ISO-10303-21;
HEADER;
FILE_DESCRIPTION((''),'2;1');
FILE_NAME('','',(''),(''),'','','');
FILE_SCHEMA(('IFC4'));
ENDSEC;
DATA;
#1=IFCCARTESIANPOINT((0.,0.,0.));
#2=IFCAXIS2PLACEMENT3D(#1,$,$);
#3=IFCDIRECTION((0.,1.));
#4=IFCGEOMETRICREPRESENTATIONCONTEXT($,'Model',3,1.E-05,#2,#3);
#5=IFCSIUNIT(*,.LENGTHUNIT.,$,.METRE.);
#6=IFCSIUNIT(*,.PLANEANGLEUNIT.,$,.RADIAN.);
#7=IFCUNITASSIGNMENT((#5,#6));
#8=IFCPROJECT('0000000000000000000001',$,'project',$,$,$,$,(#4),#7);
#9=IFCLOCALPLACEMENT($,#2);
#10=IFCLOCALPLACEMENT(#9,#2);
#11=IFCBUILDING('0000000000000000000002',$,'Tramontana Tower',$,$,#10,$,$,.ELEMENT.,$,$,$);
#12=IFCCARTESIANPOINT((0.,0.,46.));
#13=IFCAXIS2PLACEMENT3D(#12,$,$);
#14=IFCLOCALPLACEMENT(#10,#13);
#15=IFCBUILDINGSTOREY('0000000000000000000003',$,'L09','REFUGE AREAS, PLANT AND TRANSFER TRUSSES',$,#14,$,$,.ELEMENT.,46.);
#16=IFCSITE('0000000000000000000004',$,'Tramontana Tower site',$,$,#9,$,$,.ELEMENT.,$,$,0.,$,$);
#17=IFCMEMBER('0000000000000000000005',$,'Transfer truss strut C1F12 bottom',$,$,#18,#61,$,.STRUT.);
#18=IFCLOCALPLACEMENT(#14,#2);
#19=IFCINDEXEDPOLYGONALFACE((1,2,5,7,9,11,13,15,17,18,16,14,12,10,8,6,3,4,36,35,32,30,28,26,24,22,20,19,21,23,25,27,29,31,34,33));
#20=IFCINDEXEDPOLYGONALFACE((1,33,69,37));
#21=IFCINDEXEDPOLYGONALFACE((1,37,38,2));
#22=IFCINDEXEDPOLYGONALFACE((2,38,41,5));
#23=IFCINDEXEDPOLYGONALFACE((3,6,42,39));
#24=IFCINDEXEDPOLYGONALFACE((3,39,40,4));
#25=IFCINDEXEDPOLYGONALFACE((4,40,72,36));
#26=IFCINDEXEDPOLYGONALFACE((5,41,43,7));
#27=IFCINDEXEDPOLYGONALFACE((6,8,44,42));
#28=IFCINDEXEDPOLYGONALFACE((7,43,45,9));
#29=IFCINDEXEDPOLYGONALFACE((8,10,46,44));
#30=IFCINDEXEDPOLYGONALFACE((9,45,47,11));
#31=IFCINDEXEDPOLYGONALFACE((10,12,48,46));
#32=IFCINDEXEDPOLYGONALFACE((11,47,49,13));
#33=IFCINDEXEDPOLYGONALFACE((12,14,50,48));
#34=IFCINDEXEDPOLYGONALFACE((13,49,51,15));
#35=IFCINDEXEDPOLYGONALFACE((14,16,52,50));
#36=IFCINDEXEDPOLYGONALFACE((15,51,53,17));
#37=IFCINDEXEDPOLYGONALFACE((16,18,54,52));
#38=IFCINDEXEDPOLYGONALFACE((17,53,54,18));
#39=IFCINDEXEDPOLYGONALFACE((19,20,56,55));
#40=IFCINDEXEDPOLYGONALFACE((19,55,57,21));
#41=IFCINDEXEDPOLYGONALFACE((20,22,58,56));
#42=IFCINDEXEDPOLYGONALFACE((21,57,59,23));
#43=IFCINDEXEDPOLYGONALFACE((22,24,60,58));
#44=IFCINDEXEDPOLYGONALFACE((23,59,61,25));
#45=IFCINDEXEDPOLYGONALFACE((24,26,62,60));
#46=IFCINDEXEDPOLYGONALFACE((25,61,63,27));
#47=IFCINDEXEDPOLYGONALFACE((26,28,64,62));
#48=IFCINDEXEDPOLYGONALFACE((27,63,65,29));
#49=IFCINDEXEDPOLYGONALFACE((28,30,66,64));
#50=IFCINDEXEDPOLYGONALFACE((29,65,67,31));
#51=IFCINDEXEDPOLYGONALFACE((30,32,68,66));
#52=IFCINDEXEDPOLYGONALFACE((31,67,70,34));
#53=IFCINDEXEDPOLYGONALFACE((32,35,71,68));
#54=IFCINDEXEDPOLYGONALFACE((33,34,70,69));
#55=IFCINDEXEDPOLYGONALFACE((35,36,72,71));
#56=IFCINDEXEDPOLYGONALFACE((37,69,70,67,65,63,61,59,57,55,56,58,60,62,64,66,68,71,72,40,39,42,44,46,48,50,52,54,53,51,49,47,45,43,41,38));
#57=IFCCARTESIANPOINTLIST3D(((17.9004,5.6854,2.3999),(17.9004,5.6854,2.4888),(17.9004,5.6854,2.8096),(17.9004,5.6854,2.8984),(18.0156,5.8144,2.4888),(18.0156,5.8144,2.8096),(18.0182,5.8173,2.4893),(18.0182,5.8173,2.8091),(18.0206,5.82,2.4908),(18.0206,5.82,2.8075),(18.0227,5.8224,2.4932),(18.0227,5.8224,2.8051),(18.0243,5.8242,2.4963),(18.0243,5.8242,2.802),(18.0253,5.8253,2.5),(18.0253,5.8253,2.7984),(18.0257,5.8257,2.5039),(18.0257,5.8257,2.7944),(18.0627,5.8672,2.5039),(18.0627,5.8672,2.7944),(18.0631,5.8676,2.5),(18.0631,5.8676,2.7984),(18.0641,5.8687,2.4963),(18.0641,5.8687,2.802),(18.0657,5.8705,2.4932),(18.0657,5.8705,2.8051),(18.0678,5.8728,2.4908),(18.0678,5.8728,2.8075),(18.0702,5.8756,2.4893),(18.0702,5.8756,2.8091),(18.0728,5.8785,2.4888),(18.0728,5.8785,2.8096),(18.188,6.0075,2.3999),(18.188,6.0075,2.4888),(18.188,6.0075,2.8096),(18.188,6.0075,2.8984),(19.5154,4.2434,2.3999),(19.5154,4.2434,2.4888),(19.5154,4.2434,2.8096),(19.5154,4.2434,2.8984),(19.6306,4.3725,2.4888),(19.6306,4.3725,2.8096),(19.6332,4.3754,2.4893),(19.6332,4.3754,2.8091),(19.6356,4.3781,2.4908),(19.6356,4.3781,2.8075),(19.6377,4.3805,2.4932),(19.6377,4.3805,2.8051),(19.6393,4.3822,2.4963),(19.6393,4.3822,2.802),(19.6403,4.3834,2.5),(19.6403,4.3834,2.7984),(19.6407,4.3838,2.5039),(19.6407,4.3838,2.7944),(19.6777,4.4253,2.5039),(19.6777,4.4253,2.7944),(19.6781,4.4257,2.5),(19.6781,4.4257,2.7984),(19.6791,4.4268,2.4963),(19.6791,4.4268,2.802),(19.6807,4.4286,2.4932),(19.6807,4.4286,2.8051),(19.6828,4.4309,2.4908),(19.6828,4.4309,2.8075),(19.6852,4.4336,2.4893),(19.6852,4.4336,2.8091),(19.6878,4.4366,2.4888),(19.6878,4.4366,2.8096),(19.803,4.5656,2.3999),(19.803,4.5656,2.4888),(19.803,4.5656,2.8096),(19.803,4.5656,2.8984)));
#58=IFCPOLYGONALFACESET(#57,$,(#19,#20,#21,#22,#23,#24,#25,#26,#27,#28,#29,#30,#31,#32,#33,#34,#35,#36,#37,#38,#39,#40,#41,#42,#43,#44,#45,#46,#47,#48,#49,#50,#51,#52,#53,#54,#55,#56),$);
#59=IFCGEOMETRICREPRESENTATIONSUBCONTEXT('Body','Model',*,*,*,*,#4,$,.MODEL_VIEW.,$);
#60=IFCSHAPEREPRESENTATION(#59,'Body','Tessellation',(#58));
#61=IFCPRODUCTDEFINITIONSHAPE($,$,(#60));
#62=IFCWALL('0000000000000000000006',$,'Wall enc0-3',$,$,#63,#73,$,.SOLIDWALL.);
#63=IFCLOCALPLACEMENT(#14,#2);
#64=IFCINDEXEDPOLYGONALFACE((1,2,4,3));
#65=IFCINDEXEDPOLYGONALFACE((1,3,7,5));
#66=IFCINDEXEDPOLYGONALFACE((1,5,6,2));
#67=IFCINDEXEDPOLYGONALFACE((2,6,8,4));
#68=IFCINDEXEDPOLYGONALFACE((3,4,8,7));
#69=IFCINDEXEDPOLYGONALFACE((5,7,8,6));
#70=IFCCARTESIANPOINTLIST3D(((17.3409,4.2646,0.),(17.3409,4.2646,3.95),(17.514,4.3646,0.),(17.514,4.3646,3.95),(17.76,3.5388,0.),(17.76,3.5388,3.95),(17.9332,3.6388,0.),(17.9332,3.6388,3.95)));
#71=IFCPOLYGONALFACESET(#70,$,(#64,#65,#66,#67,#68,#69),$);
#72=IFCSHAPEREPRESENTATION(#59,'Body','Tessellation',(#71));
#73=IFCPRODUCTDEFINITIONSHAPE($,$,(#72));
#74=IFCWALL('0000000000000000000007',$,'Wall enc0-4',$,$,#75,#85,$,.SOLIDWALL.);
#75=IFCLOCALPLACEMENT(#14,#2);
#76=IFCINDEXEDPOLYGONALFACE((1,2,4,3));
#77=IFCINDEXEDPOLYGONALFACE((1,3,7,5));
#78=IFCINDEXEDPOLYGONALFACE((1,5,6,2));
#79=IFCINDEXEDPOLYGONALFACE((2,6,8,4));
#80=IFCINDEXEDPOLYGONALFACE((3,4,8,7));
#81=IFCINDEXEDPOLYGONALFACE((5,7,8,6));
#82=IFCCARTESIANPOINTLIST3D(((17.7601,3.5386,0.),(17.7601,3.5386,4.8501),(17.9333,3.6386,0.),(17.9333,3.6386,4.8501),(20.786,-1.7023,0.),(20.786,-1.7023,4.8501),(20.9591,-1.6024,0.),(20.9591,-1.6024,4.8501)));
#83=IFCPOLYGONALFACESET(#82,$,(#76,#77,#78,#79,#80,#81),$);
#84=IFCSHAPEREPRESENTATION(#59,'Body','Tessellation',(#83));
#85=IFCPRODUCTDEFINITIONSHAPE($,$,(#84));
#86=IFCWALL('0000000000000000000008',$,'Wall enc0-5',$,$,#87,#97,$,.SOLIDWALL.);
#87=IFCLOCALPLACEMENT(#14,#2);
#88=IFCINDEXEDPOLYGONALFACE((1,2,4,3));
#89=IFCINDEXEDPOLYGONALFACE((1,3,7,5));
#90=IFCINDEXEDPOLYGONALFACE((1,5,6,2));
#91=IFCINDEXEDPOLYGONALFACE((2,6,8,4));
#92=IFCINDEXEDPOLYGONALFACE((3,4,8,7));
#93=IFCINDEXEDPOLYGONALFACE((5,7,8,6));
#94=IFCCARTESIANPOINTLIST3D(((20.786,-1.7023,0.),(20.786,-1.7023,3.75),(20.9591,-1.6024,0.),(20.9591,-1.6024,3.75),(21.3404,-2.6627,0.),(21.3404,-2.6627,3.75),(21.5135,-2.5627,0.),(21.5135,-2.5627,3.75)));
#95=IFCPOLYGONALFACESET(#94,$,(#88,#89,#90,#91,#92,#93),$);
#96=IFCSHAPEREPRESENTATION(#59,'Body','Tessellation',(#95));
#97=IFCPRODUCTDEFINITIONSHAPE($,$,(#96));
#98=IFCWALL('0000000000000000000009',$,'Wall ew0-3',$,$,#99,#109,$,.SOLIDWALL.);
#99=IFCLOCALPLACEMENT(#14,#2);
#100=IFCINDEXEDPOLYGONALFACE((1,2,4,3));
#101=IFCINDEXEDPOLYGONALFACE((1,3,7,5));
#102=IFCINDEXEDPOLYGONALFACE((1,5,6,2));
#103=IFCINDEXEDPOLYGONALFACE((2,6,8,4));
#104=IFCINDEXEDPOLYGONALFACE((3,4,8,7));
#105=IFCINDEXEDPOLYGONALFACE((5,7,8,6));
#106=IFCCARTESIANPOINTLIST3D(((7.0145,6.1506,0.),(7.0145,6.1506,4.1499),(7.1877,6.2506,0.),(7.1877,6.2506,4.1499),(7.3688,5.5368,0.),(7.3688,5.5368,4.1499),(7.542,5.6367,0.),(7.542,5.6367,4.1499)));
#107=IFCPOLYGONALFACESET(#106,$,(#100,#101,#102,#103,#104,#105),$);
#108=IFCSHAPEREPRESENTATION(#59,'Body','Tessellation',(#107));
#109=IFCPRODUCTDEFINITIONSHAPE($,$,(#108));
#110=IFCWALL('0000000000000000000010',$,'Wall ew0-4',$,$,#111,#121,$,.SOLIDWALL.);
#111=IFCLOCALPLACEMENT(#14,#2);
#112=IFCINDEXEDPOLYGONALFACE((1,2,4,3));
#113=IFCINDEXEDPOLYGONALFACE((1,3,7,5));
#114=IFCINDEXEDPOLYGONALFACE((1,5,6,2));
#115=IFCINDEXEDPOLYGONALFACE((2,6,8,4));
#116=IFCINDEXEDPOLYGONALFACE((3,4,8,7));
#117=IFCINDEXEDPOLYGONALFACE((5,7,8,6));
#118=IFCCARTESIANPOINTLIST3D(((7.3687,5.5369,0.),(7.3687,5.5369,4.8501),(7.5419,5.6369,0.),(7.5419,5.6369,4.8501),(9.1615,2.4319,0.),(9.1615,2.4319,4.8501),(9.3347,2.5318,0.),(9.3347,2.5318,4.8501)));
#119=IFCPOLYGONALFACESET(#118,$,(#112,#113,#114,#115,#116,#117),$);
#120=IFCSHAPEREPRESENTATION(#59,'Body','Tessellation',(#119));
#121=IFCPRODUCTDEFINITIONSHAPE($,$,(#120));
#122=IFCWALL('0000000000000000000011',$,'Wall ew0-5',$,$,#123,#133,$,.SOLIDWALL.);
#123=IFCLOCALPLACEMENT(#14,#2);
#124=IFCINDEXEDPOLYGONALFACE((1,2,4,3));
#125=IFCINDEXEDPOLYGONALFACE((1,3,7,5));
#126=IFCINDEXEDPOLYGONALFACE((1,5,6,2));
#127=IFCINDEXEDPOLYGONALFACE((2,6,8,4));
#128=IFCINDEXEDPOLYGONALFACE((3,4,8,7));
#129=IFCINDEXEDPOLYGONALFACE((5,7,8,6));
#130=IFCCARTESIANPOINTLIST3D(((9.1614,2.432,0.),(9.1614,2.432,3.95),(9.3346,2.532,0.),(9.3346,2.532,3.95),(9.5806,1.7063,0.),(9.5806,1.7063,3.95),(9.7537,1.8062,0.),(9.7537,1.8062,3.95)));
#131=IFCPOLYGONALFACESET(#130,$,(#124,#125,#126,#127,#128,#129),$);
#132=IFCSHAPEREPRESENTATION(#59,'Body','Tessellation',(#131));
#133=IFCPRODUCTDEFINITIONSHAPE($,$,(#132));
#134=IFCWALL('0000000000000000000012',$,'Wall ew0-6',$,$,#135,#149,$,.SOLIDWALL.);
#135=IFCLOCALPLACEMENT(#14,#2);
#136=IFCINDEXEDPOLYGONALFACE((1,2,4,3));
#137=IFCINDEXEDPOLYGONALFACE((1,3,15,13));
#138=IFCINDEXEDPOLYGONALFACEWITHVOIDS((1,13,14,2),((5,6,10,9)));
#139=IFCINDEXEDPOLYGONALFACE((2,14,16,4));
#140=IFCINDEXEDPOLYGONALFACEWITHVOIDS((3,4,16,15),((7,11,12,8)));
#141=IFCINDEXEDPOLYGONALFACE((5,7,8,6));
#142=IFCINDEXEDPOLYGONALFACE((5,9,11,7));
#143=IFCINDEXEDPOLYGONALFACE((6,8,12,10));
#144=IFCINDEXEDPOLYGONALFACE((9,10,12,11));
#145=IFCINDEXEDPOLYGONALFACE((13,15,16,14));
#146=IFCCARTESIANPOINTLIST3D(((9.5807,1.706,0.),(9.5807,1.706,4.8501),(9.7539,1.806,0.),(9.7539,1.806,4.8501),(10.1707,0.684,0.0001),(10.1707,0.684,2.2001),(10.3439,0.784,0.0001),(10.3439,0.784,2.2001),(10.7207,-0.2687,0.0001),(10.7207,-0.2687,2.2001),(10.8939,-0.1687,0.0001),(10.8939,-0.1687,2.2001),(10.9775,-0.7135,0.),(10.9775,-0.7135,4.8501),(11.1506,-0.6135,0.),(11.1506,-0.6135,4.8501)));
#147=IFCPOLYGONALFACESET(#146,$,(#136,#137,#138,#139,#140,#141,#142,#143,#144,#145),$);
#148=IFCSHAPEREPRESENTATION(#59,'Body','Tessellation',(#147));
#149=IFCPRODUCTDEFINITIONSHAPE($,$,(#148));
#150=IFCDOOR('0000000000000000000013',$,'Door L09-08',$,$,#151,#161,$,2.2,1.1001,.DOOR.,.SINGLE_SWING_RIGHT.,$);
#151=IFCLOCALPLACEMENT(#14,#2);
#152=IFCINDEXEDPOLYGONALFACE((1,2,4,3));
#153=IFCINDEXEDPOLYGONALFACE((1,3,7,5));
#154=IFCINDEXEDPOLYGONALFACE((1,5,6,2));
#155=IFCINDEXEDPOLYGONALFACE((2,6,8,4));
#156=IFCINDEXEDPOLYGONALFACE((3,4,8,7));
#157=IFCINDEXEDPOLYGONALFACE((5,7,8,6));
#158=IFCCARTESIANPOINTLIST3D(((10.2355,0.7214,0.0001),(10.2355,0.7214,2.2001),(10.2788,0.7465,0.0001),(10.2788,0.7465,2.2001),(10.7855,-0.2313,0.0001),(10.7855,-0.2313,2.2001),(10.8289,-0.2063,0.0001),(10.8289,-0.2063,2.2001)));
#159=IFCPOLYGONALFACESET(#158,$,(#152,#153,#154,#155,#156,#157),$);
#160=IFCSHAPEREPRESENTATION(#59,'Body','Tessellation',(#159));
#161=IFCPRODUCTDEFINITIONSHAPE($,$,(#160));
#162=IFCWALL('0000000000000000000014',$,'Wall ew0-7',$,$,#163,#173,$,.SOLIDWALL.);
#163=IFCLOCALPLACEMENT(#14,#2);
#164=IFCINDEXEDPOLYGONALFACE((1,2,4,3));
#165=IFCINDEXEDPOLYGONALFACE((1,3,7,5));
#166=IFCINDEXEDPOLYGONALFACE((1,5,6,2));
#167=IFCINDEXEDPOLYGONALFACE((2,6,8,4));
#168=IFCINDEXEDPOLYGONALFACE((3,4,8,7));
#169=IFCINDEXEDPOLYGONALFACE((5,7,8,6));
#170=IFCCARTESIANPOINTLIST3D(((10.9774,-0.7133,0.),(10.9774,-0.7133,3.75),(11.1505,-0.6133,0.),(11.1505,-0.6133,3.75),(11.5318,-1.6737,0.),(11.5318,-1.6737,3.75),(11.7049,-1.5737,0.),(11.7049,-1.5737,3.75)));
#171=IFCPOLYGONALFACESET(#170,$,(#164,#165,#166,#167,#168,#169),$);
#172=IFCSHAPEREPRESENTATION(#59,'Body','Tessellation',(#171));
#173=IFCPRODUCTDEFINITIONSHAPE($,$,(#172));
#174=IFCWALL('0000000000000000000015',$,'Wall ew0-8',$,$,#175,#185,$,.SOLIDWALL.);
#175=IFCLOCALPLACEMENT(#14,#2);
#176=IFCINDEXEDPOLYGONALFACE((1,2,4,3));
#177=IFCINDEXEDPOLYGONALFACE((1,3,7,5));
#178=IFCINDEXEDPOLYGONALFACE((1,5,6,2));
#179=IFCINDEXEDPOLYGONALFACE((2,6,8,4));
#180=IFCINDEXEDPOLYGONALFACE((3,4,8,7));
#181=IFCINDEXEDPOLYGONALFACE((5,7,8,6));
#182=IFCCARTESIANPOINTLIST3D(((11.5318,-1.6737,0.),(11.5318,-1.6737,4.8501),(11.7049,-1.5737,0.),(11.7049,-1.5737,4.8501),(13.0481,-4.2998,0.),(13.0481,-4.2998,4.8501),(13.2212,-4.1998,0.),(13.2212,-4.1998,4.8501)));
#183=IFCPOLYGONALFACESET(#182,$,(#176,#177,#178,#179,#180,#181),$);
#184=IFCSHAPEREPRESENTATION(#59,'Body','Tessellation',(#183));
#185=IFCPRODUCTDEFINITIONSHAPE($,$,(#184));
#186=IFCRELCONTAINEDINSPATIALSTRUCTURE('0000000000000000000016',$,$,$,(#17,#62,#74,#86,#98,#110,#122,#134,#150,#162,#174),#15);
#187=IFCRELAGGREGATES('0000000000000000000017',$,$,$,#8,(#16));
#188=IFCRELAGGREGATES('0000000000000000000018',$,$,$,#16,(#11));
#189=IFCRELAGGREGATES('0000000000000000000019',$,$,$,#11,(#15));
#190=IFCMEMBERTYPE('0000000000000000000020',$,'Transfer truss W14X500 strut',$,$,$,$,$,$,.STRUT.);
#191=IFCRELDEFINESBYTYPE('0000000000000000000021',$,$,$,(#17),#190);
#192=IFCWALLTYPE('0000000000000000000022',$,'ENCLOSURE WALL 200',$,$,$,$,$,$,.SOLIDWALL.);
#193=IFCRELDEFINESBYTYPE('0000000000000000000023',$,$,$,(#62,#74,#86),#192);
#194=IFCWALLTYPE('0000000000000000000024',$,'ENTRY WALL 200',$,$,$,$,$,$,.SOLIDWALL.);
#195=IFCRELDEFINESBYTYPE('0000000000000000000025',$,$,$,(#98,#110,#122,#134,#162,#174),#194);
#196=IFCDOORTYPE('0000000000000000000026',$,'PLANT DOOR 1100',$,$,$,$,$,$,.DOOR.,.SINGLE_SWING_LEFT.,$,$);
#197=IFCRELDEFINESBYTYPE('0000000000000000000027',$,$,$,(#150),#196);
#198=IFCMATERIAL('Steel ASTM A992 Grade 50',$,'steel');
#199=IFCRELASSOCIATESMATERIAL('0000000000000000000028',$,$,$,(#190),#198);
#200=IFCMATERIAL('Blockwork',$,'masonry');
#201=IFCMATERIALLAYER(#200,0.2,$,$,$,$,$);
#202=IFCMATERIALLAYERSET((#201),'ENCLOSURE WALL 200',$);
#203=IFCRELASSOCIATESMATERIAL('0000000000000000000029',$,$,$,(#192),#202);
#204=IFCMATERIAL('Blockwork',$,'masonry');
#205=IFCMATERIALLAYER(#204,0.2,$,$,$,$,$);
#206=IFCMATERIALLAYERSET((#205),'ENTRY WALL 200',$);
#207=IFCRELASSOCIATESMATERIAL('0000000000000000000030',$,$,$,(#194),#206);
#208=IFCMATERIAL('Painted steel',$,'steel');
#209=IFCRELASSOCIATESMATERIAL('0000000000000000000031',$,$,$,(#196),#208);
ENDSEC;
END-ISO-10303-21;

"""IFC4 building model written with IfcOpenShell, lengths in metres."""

from ifc_helpers import new_model, si_unit, direction, frame, frame_2d, origin, origin_2d, place, context, subcontext, project, spatial, rectangle, i_section, extrude, material, layer, layer_set, material_profile, profile_set, type_object, element, fill, save


model = new_model("IFC4")

# Units and contexts
model_context = context("Model", 3, precision=1e-05, world=origin(), true_north=direction((0.0, 1.0)))
body_context = subcontext(model_context, "Body", "Model", "MODEL_VIEW")
ifc_project = project(units=[si_unit("LENGTHUNIT", "METRE"), si_unit("PLANEANGLEUNIT", "RADIAN")], contexts=[model_context])

# Site, building, storey
site_placement = place(None, origin())
site = spatial("IfcSite", under=ifc_project, at=site_placement, Name="Tramontana Tower site", CompositionType="ELEMENT", RefElevation=0.0)
building_placement = place(site_placement, origin())
building = spatial("IfcBuilding", under=site, at=building_placement, Name="Tramontana Tower", CompositionType="ELEMENT")
storey_placement = place(building_placement, frame((0.0, 0.0, 46.0)))
storey = spatial("IfcBuildingStorey", under=building, at=storey_placement, Name="L09", Description="REFUGE AREAS, PLANT AND TRANSFER TRUSSES", CompositionType="ELEMENT", Elevation=46.0)

# Member
ifc_material_1 = material(Name="Steel ASTM A992 Grade 50", Category="steel")
ifc_material_profile_1 = material_profile(ifc_material_1, i_section(OverallWidth=0.4319, OverallDepth=0.4985, WebThickness=0.0557, FlangeThickness=0.0889, FilletRadius=0.0151, at=origin_2d()), Name="W14X500")
ifc_profile_set_1 = profile_set([ifc_material_profile_1], Name="Steel ASTM A992 Grade 50")
member_type_1 = type_object("IfcMemberType", Name="Transfer truss W14X500 strut", PredefinedType="STRUT", material=ifc_profile_set_1)
member_1_placement = place(storey_placement, frame((18.0442, 5.8464, 2.6492), z_axis=(0.745952, -0.666, 0.0), x_axis=(0.666, 0.745952, 0.0)))
element("IfcMember", 1, at=member_1_placement, inside=storey, type_object=member_type_1, Name="Transfer truss strut C1F12 bottom", PredefinedType="STRUT", context=body_context, shape_type="SweptSolid", body=[
    extrude(i_section(OverallWidth=0.4319, OverallDepth=0.4985, WebThickness=0.0557, FlangeThickness=0.0889, FilletRadius=0.0151, at=origin_2d()), origin(), (0.0, 0.0, 1.0), 2.165),
])

# Walls
ifc_material_2 = material(Name="Blockwork", Category="masonry")
ifc_layer_1 = layer(ifc_material_2, 0.2)
ifc_layer_set_1 = layer_set([ifc_layer_1], Name="ENCLOSURE WALL 200")
wall_type_1 = type_object("IfcWallType", Name="ENCLOSURE WALL 200", PredefinedType="SOLIDWALL", material=ifc_layer_set_1)
wall_1_placement = place(storey_placement, frame((17.4275, 4.3145, 0.0), z_axis=(0.0, 0.0, 1.0), x_axis=(0.500117, -0.865958, 0.0)))
element("IfcWall", 2, at=wall_1_placement, inside=storey, type_object=wall_type_1, Name="Wall enc0-3", PredefinedType="SOLIDWALL", context=body_context, shape_type="SweptSolid", body=[
    extrude(rectangle(XDim=0.8381, YDim=0.2, at=frame_2d((0.4189, 0.0))), origin(), (0.0, 0.0, 1.0), 3.95),
])
wall_2_placement = place(storey_placement, frame((17.8467, 3.5886, 0.0), z_axis=(0.0, 0.0, 1.0), x_axis=(0.500001, -0.866025, 0.0)))
element("IfcWall", 3, at=wall_2_placement, inside=storey, type_object=wall_type_1, Name="Wall enc0-4", PredefinedType="SOLIDWALL", context=body_context, shape_type="SweptSolid", body=[
    extrude(rectangle(XDim=6.0518, YDim=0.2, at=frame_2d((3.0259, 0.0))), origin(), (0.0, 0.0, 1.0), 4.8501),
])
wall_3_placement = place(storey_placement, frame((20.8726, -1.6523, 0.0), z_axis=(0.0, 0.0, 1.0), x_axis=(0.499951, -0.866054, 0.0)))
element("IfcWall", 4, at=wall_3_placement, inside=storey, type_object=wall_type_1, Name="Wall enc0-5", PredefinedType="SOLIDWALL", context=body_context, shape_type="SweptSolid", body=[
    extrude(rectangle(XDim=1.1089, YDim=0.2, at=frame_2d((0.5544, 0.0))), origin(), (0.0, 0.0, 1.0), 3.75),
])
ifc_material_3 = material(Name="Blockwork", Category="masonry")
ifc_layer_2 = layer(ifc_material_3, 0.2)
ifc_layer_set_2 = layer_set([ifc_layer_2], Name="ENTRY WALL 200")
wall_type_2 = type_object("IfcWallType", Name="ENTRY WALL 200", PredefinedType="SOLIDWALL", material=ifc_layer_set_2)
wall_4_placement = place(storey_placement, frame((7.1011, 6.2007, 0.0), z_axis=(0.0, 0.0, 1.0), x_axis=(0.499882, -0.866094, 0.0)))
element("IfcWall", 5, at=wall_4_placement, inside=storey, type_object=wall_type_2, Name="Wall ew0-3", PredefinedType="SOLIDWALL", context=body_context, shape_type="SweptSolid", body=[
    extrude(rectangle(XDim=0.7087, YDim=0.2, at=frame_2d((0.3545, 0.0))), origin(), (0.0, 0.0, 1.0), 4.1499),
])
wall_5_placement = place(storey_placement, frame((7.4553, 5.5869, 0.0), z_axis=(0.0, 0.0, 1.0), x_axis=(0.500013, -0.866018, 0.0)))
element("IfcWall", 6, at=wall_5_placement, inside=storey, type_object=wall_type_2, Name="Wall ew0-4", PredefinedType="SOLIDWALL", context=body_context, shape_type="SweptSolid", body=[
    extrude(rectangle(XDim=3.5854, YDim=0.2, at=frame_2d((1.7927, 0.0))), origin(), (0.0, 0.0, 1.0), 4.8501),
])
wall_6_placement = place(storey_placement, frame((9.248, 2.4819, 0.0), z_axis=(0.0, 0.0, 1.0), x_axis=(0.500117, -0.865958, 0.0)))
element("IfcWall", 7, at=wall_6_placement, inside=storey, type_object=wall_type_2, Name="Wall ew0-5", PredefinedType="SOLIDWALL", context=body_context, shape_type="SweptSolid", body=[
    extrude(rectangle(XDim=0.8381, YDim=0.2, at=frame_2d((0.4189, 0.0))), origin(), (0.0, 0.0, 1.0), 3.95),
])

# Wall, opening, door
wall_7_placement = place(storey_placement, frame((9.6672, 1.7561, 0.0), z_axis=(0.0, 0.0, 1.0), x_axis=(0.499965, -0.866046, 0.0)))
wall_7 = element("IfcWall", 8, at=wall_7_placement, inside=storey, type_object=wall_type_2, Name="Wall ew0-6", PredefinedType="SOLIDWALL", context=body_context, shape_type="SweptSolid", body=[
    extrude(rectangle(XDim=2.7937, YDim=0.2, at=frame_2d((1.397, 0.0))), origin(), (0.0, 0.0, 1.0), 4.8501),
])
opening_placement = place(wall_7_placement, frame((1.1802, 0.0, 0.0)))
opening = element("IfcOpeningElement", 9, at=opening_placement, cuts=wall_7, PredefinedType="OPENING", context=body_context, shape_type="SweptSolid", body=[
    extrude(rectangle(XDim=1.1001, YDim=2.2, at=frame_2d((0.55, 1.1001))), frame((0.0, 0.1099, 0.0), z_axis=(0.0, -1.0, 0.0), x_axis=(1.0, 0.0, 0.0)), (0.0, 0.0, 1.0), 0.22),
])
ifc_material_4 = material(Name="Painted steel", Category="steel")
door_type = type_object("IfcDoorType", Name="PLANT DOOR 1100", OperationType="SINGLE_SWING_LEFT", PredefinedType="DOOR", material=ifc_material_4)
door_placement = place(opening_placement, origin())
door = element("IfcDoor", 10, at=door_placement, inside=storey, type_object=door_type, Name="Door L09-08", OperationType="SINGLE_SWING_RIGHT", OverallHeight=2.2, OverallWidth=1.1001, PredefinedType="DOOR", context=body_context, shape_type="SweptSolid", body=[
    extrude(rectangle(XDim=1.1001, YDim=2.2, at=frame_2d((0.55, 1.1001))), frame((0.0, 0.0249, 0.0), z_axis=(0.0, -1.0, 0.0), x_axis=(1.0, 0.0, 0.0)), (0.0, 0.0, 1.0), 0.05),
])
fill(opening, door)

# Walls
wall_8_placement = place(storey_placement, frame((11.064, -0.6633, 0.0), z_axis=(0.0, 0.0, 1.0), x_axis=(0.499951, -0.866054, 0.0)))
element("IfcWall", 11, at=wall_8_placement, inside=storey, type_object=wall_type_2, Name="Wall ew0-7", PredefinedType="SOLIDWALL", context=body_context, shape_type="SweptSolid", body=[
    extrude(rectangle(XDim=1.1089, YDim=0.2, at=frame_2d((0.5544, 0.0))), origin(), (0.0, 0.0, 1.0), 3.75),
])
wall_9_placement = place(storey_placement, frame((11.6184, -1.6238, 0.0), z_axis=(0.0, 0.0, 1.0), x_axis=(0.500027, -0.86601, 0.0)))
element("IfcWall", 12, at=wall_9_placement, inside=storey, type_object=wall_type_2, Name="Wall ew0-8", PredefinedType="SOLIDWALL", context=body_context, shape_type="SweptSolid", body=[
    extrude(rectangle(XDim=3.0325, YDim=0.2, at=frame_2d((1.5161, 0.0))), origin(), (0.0, 0.0, 1.0), 4.8501),
])

save(model, "model.ifc")
